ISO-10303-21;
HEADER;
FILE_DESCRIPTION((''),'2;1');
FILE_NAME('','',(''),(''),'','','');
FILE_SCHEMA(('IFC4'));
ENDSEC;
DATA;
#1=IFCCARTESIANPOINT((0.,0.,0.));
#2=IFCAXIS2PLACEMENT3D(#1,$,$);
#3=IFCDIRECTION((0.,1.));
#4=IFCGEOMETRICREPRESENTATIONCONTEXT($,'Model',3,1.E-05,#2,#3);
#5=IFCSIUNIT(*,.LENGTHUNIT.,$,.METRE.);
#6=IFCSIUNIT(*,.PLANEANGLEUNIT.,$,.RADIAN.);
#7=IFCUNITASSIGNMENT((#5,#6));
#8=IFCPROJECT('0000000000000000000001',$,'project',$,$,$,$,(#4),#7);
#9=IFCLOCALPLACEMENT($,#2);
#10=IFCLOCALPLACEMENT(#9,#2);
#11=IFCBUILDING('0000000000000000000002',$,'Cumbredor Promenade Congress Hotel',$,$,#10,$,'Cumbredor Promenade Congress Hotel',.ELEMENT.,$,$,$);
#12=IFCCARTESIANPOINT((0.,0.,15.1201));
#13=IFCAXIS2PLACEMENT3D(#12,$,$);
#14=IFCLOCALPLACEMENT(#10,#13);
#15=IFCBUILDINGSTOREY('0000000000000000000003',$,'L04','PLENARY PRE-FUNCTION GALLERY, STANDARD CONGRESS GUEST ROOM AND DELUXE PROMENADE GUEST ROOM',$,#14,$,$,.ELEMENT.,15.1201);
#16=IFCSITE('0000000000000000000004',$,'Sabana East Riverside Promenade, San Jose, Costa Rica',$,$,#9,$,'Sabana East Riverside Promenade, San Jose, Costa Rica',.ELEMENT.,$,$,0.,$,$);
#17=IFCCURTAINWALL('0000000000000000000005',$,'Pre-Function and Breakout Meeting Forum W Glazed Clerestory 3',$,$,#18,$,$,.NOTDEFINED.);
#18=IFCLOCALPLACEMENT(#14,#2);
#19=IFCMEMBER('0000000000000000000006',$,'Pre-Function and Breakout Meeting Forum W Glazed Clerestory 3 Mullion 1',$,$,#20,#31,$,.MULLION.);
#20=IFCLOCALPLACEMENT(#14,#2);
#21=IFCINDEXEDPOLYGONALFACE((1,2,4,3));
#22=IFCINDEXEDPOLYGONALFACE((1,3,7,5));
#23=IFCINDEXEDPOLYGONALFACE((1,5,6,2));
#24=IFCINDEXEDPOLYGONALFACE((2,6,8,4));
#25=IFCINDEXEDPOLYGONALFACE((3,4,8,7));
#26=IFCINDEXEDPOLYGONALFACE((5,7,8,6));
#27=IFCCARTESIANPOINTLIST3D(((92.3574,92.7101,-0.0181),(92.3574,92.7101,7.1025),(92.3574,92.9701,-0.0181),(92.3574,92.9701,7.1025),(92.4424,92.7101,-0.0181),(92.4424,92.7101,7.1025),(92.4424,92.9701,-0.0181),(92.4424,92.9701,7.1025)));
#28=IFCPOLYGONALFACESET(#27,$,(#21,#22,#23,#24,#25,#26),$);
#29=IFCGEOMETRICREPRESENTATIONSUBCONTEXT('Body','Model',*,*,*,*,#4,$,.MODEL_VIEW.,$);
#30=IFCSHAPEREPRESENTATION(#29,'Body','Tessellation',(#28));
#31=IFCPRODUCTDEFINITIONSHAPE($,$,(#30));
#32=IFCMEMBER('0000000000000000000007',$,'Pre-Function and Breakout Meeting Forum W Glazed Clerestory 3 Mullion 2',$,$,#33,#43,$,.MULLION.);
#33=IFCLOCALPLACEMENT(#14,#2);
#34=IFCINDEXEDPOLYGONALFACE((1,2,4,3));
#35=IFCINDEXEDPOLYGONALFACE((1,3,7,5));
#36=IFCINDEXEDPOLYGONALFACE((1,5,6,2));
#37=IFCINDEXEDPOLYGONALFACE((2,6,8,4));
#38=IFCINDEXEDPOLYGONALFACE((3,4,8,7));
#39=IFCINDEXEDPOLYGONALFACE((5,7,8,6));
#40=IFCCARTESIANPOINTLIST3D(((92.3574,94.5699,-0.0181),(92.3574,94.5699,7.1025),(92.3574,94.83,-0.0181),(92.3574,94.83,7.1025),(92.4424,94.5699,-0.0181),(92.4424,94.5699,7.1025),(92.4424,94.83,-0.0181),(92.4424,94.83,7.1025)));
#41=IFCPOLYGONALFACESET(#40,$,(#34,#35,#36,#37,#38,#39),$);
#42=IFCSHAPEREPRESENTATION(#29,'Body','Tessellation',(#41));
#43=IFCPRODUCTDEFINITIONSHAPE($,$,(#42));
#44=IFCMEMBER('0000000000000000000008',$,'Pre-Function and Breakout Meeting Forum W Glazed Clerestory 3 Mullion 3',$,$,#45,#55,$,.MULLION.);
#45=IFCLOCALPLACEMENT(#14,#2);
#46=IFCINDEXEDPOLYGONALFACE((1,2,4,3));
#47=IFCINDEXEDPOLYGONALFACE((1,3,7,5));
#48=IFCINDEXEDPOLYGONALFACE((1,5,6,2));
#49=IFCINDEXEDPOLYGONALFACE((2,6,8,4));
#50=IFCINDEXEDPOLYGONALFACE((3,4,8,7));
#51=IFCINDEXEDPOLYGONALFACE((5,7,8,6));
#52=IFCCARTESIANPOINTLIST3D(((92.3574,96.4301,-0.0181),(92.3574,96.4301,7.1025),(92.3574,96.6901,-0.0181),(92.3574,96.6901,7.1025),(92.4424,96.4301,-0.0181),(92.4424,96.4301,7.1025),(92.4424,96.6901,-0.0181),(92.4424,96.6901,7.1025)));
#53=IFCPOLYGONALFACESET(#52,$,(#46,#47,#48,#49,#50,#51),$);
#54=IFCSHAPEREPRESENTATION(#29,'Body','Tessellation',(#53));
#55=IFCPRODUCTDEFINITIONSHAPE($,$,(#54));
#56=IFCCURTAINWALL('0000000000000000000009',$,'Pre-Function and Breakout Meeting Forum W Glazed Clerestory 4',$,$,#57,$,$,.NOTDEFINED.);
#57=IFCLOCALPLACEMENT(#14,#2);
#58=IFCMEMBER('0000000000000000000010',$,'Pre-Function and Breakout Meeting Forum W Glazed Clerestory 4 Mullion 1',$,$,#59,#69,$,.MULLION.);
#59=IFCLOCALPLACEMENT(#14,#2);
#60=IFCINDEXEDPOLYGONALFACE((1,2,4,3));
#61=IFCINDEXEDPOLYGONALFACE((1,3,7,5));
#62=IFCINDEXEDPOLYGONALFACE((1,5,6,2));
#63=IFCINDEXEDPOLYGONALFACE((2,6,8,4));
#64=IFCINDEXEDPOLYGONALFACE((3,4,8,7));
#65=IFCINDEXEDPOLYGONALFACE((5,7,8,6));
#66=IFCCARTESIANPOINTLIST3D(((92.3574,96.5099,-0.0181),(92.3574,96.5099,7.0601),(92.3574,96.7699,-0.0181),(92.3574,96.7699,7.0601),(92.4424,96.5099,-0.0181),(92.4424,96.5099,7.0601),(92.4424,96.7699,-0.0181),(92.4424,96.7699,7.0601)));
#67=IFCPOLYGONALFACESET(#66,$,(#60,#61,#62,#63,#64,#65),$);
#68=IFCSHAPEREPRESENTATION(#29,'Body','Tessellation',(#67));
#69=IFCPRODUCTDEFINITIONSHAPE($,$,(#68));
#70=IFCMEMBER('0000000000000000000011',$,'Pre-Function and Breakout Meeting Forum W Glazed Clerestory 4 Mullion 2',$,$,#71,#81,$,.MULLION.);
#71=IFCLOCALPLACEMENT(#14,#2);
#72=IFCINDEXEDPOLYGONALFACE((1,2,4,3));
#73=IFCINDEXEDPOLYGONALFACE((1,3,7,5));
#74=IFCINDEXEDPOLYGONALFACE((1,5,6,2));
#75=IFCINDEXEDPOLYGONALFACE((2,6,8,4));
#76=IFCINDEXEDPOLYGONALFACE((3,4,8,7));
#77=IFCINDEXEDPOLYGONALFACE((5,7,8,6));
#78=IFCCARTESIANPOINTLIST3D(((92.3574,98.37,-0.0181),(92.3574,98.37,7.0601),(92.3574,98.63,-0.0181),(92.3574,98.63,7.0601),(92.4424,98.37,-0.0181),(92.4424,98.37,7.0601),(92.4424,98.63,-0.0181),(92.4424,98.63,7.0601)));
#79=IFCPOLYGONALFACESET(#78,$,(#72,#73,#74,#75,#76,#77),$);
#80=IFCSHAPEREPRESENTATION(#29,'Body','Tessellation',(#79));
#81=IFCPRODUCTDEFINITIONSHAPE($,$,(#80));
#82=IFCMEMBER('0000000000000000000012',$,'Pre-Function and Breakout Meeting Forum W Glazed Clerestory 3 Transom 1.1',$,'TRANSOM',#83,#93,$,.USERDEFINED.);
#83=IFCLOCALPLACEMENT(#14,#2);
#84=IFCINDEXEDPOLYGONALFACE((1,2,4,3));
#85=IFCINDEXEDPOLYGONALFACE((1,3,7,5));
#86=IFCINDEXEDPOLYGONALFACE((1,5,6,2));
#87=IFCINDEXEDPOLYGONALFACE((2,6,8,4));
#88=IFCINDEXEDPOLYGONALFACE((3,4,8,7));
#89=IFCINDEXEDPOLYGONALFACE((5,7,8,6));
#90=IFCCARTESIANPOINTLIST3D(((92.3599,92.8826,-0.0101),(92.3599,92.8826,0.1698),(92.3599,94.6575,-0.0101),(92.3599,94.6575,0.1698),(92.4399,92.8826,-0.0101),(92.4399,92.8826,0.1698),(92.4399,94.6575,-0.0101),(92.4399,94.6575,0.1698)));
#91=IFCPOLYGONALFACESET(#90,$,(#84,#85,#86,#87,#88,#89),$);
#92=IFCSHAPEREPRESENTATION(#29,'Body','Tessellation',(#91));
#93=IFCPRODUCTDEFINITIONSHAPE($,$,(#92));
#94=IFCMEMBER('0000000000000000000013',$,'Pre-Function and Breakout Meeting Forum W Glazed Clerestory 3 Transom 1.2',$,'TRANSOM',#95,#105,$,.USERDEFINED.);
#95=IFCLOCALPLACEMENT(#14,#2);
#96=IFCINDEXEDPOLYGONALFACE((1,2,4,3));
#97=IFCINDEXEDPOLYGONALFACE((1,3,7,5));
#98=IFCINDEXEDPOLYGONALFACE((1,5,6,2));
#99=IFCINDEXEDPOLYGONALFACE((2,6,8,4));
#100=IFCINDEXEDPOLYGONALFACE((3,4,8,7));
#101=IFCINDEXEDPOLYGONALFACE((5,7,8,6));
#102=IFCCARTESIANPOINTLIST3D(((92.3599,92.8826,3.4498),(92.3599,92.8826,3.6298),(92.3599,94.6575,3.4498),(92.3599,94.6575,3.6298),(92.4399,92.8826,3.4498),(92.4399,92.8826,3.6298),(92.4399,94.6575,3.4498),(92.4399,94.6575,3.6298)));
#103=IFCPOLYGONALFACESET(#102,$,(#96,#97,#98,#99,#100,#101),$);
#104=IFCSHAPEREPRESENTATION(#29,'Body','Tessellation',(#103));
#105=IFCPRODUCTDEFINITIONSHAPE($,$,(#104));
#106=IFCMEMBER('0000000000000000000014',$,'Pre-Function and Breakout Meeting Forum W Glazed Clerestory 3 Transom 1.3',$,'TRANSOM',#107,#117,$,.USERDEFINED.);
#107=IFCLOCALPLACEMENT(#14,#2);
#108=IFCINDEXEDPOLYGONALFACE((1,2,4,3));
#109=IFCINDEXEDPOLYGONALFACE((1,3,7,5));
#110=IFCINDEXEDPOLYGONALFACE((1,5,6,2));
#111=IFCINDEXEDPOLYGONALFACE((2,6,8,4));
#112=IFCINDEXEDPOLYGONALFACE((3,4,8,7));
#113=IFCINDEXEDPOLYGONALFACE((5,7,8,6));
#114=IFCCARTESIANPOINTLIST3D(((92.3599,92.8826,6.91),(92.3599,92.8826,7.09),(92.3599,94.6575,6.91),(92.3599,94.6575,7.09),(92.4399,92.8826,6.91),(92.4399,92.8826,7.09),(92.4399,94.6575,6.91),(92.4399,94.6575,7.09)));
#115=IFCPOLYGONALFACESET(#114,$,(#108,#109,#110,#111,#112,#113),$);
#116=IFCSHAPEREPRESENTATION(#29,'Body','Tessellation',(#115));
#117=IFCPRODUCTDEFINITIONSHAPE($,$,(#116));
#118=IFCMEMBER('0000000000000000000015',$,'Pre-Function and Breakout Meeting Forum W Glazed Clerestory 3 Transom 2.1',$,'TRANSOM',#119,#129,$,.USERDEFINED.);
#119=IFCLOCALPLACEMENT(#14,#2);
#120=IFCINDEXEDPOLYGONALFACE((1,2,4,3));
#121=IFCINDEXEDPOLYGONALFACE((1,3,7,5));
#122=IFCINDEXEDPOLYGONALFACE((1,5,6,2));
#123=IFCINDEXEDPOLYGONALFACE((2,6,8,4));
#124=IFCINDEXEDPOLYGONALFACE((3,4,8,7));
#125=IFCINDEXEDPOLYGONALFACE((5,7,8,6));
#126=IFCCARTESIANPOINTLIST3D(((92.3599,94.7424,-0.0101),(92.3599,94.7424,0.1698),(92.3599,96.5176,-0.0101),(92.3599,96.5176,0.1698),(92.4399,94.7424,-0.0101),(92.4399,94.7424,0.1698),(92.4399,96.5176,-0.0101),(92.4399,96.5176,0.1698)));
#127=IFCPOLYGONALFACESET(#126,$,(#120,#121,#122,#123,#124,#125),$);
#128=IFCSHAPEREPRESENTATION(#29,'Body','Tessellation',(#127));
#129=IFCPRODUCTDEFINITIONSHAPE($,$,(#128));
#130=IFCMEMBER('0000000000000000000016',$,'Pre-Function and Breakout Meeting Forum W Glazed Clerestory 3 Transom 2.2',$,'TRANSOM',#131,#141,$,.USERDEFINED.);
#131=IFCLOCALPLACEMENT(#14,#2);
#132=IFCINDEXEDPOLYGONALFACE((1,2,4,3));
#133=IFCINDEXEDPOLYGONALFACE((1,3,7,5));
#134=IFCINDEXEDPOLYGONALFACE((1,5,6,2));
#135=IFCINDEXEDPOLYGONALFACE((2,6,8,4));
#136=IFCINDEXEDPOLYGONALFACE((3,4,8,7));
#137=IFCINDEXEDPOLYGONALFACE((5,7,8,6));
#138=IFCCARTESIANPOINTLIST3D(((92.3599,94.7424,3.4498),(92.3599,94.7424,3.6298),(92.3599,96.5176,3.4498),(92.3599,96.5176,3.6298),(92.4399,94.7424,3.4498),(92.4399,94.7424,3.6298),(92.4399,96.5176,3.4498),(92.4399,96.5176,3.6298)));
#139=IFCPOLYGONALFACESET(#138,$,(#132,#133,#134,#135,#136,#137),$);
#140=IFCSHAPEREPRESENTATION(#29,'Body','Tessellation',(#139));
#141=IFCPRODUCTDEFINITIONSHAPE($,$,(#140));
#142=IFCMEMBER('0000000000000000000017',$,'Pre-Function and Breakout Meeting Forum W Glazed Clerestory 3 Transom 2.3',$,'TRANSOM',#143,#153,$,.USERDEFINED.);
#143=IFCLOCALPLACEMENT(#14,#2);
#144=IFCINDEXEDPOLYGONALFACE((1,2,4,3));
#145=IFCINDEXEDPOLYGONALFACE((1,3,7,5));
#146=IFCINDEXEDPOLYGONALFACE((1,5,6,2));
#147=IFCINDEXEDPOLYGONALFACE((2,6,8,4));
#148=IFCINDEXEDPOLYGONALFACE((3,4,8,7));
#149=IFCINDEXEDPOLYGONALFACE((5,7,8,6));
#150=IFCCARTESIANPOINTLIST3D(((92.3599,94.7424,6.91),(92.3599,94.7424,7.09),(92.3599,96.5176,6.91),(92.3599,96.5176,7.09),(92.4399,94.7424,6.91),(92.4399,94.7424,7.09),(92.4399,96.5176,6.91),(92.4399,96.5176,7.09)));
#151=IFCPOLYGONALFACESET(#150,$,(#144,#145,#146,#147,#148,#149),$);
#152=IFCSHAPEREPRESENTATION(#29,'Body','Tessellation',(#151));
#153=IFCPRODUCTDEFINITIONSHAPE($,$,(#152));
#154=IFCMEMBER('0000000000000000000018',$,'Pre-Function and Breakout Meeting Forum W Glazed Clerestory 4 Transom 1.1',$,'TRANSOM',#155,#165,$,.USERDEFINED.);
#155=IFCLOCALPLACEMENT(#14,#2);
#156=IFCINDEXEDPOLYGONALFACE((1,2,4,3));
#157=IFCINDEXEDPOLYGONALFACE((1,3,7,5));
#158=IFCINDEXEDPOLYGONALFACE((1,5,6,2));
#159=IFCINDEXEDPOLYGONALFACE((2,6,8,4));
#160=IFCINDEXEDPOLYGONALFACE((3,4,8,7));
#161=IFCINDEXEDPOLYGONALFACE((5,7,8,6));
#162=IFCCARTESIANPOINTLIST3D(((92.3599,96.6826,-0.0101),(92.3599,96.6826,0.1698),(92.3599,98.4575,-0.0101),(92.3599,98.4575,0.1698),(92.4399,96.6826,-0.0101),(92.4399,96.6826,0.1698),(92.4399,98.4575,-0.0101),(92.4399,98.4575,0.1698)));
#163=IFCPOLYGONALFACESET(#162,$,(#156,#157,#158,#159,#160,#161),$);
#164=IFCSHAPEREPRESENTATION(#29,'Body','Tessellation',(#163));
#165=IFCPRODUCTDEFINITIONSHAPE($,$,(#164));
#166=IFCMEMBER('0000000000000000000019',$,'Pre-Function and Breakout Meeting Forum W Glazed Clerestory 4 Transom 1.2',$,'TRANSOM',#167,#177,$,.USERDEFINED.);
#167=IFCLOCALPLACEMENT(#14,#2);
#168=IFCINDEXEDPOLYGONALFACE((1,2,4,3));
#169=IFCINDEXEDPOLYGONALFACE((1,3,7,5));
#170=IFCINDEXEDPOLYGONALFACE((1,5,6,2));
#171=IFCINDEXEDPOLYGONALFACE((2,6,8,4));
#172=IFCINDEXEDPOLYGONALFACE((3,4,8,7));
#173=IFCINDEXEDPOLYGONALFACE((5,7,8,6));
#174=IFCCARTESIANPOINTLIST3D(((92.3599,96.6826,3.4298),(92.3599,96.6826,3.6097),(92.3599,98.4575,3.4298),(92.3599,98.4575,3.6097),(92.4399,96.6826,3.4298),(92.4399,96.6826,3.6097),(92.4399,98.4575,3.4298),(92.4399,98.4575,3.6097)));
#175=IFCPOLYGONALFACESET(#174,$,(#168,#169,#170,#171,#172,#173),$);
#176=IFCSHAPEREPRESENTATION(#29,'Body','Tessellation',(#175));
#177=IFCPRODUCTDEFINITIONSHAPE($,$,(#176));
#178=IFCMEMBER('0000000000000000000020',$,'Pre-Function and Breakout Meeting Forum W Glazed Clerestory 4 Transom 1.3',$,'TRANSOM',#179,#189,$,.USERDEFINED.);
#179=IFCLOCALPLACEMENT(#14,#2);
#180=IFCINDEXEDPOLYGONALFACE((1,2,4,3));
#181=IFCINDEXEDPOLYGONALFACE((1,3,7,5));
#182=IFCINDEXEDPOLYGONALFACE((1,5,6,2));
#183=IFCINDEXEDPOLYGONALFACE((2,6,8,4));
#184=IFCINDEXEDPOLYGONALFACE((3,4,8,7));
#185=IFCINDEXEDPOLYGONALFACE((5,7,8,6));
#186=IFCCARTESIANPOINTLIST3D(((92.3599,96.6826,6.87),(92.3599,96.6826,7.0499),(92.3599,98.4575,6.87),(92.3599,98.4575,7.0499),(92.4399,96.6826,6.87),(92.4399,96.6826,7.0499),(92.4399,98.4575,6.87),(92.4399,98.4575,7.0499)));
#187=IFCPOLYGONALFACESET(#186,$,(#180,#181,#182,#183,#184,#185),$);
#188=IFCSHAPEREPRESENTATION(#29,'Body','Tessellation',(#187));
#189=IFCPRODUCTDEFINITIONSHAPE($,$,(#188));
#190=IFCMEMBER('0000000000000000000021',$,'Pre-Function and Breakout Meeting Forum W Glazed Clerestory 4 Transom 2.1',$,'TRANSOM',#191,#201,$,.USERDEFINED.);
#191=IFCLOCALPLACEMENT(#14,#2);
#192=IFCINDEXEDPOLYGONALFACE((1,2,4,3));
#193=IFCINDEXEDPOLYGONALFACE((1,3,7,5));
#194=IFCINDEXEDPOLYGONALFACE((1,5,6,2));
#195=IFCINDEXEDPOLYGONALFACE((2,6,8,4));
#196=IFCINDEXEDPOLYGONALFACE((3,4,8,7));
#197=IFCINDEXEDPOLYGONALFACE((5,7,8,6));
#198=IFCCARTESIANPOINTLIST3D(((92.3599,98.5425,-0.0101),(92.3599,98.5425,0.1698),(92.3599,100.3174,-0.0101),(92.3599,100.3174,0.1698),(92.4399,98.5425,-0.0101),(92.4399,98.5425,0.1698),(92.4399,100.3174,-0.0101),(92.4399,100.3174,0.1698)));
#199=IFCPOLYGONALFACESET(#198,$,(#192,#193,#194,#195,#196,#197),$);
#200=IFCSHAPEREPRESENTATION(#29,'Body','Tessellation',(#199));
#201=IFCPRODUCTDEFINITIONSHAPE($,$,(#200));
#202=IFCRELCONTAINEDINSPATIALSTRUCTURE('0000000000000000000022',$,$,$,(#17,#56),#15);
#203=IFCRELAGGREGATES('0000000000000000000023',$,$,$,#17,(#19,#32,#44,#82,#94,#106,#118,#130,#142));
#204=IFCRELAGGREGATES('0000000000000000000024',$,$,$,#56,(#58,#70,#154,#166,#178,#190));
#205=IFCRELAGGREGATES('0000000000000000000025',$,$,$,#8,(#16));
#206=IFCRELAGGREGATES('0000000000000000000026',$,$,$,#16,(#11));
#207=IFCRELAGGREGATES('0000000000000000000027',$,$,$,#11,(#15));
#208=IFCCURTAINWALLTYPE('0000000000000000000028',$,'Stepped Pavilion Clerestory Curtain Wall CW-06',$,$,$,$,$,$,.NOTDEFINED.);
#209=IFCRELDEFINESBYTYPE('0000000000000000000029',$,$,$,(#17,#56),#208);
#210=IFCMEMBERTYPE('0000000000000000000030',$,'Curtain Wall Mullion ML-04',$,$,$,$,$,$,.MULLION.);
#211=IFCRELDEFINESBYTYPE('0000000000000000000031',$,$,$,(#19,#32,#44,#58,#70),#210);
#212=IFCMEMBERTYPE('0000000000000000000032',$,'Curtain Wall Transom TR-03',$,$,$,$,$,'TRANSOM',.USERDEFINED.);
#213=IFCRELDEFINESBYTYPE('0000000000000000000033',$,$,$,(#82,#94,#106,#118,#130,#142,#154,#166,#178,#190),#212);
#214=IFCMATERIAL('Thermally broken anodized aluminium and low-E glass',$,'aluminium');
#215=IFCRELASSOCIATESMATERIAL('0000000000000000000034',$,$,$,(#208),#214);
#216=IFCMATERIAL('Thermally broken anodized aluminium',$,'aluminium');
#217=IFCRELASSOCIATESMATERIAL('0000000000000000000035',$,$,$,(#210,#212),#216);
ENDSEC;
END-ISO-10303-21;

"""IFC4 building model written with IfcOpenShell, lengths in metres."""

from ifc_helpers import new_model, si_unit, direction, frame, origin, origin_2d, place, context, subcontext, project, spatial, rectangle, extrude, material, material_profile, profile_set, type_object, element, aggregate, save


model = new_model("IFC4")

# Units and contexts
model_context = context("Model", 3, precision=1e-05, world=origin(), true_north=direction((0.0, 1.0)))
body_context = subcontext(model_context, "Body", "Model", "MODEL_VIEW")
ifc_project = project(units=[si_unit("LENGTHUNIT", "METRE"), si_unit("PLANEANGLEUNIT", "RADIAN")], contexts=[model_context])

# Site, building, storey
site_placement = place(None, origin())
site = spatial("IfcSite", under=ifc_project, at=site_placement, Name="Sabana East Riverside Promenade, San Jose, Costa Rica", LongName="Sabana East Riverside Promenade, San Jose, Costa Rica", CompositionType="ELEMENT", RefElevation=0.0)
building_placement = place(site_placement, origin())
building = spatial("IfcBuilding", under=site, at=building_placement, Name="Cumbredor Promenade Congress Hotel", LongName="Cumbredor Promenade Congress Hotel", CompositionType="ELEMENT")
storey_placement = place(building_placement, frame((0.0, 0.0, 15.1201)))
storey = spatial("IfcBuildingStorey", under=building, at=storey_placement, Name="L04", Description="PLENARY PRE-FUNCTION GALLERY, STANDARD CONGRESS GUEST ROOM AND DELUXE PROMENADE GUEST ROOM", CompositionType="ELEMENT", Elevation=15.1201)

# Curtain walls, members
ifc_material_1 = material(Name="Thermally broken anodized aluminium and low-E glass", Category="aluminium")
curtain_wall_type = type_object("IfcCurtainWallType", Name="Stepped Pavilion Clerestory Curtain Wall CW-06", PredefinedType="NOTDEFINED", material=ifc_material_1)
curtain_wall_1_placement = place(storey_placement, origin())
curtain_wall_1 = element("IfcCurtainWall", 1, at=curtain_wall_1_placement, inside=storey, type_object=curtain_wall_type, Name="Pre-Function and Breakout Meeting Forum W Glazed Clerestory 3", PredefinedType="NOTDEFINED")
ifc_material_2 = material(Name="Thermally broken anodized aluminium", Category="aluminium")
ifc_material_profile_1 = material_profile(ifc_material_2, rectangle(XDim=0.085, YDim=0.26, at=origin_2d()), Name="ALU MULLION CLERESTORY 85x260")
ifc_profile_set_1 = profile_set([ifc_material_profile_1], Name="Thermally broken anodized aluminium")
member_type_1 = type_object("IfcMemberType", Name="Curtain Wall Mullion ML-04", PredefinedType="MULLION", material=ifc_profile_set_1)
member_1_placement = place(storey_placement, frame((92.3999, 92.8401, -0.0181), z_axis=(0.0, 0.0, 1.0), x_axis=(1.0, 0.0, 0.0)))
member_1 = element("IfcMember", 2, at=member_1_placement, type_object=member_type_1, Name="Pre-Function and Breakout Meeting Forum W Glazed Clerestory 3 Mullion 1", PredefinedType="MULLION", context=body_context, shape_type="SweptSolid", body=[
    extrude(rectangle(XDim=0.085, YDim=0.26, at=origin_2d()), origin(), (0.0, 0.0, 1.0), 7.1206),
])
member_2_placement = place(storey_placement, frame((92.3999, 94.7, -0.0181), z_axis=(0.0, 0.0, 1.0), x_axis=(1.0, 0.0, 0.0)))
member_2 = element("IfcMember", 3, at=member_2_placement, type_object=member_type_1, Name="Pre-Function and Breakout Meeting Forum W Glazed Clerestory 3 Mullion 2", PredefinedType="MULLION", context=body_context, shape_type="SweptSolid", body=[
    extrude(rectangle(XDim=0.085, YDim=0.26, at=origin_2d()), origin(), (0.0, 0.0, 1.0), 7.1206),
])
member_3_placement = place(storey_placement, frame((92.3999, 96.5601, -0.0181), z_axis=(0.0, 0.0, 1.0), x_axis=(1.0, 0.0, 0.0)))
member_3 = element("IfcMember", 4, at=member_3_placement, type_object=member_type_1, Name="Pre-Function and Breakout Meeting Forum W Glazed Clerestory 3 Mullion 3", PredefinedType="MULLION", context=body_context, shape_type="SweptSolid", body=[
    extrude(rectangle(XDim=0.085, YDim=0.26, at=origin_2d()), origin(), (0.0, 0.0, 1.0), 7.1206),
])
curtain_wall_2_placement = place(storey_placement, origin())
curtain_wall_2 = element("IfcCurtainWall", 5, at=curtain_wall_2_placement, inside=storey, type_object=curtain_wall_type, Name="Pre-Function and Breakout Meeting Forum W Glazed Clerestory 4", PredefinedType="NOTDEFINED")
member_4_placement = place(storey_placement, frame((92.3999, 96.6399, -0.0181), z_axis=(0.0, 0.0, 1.0), x_axis=(1.0, 0.0, 0.0)))
member_4 = element("IfcMember", 6, at=member_4_placement, type_object=member_type_1, Name="Pre-Function and Breakout Meeting Forum W Glazed Clerestory 4 Mullion 1", PredefinedType="MULLION", context=body_context, shape_type="SweptSolid", body=[
    extrude(rectangle(XDim=0.085, YDim=0.26, at=origin_2d()), origin(), (0.0, 0.0, 1.0), 7.0781),
])
member_5_placement = place(storey_placement, frame((92.3999, 98.5, -0.0181), z_axis=(0.0, 0.0, 1.0), x_axis=(1.0, 0.0, 0.0)))
member_5 = element("IfcMember", 7, at=member_5_placement, type_object=member_type_1, Name="Pre-Function and Breakout Meeting Forum W Glazed Clerestory 4 Mullion 2", PredefinedType="MULLION", context=body_context, shape_type="SweptSolid", body=[
    extrude(rectangle(XDim=0.085, YDim=0.26, at=origin_2d()), origin(), (0.0, 0.0, 1.0), 7.0781),
])

# Members
ifc_material_profile_2 = material_profile(ifc_material_2, rectangle(XDim=0.0801, YDim=0.1799, at=origin_2d()), Name="ALU TRANSOM 80x180")
ifc_profile_set_2 = profile_set([ifc_material_profile_2], Name="Thermally broken anodized aluminium")
member_type_2 = type_object("IfcMemberType", Name="Curtain Wall Transom TR-03", ElementType="TRANSOM", PredefinedType="USERDEFINED", material=ifc_profile_set_2)
member_6_placement = place(storey_placement, frame((92.3999, 92.8826, 0.0798), z_axis=(0.0, 1.0, 0.0), x_axis=(-1.0, 0.0, 0.0)))
member_6 = element("IfcMember", 8, at=member_6_placement, type_object=member_type_2, Name="Pre-Function and Breakout Meeting Forum W Glazed Clerestory 3 Transom 1.1", ObjectType="TRANSOM", PredefinedType="USERDEFINED", context=body_context, shape_type="SweptSolid", body=[
    extrude(rectangle(XDim=0.0801, YDim=0.1799, at=origin_2d()), origin(), (0.0, 0.0, 1.0), 1.7749),
])
member_7_placement = place(storey_placement, frame((92.3999, 92.8826, 3.5398), z_axis=(0.0, 1.0, 0.0), x_axis=(-1.0, 0.0, 0.0)))
member_7 = element("IfcMember", 9, at=member_7_placement, type_object=member_type_2, Name="Pre-Function and Breakout Meeting Forum W Glazed Clerestory 3 Transom 1.2", ObjectType="TRANSOM", PredefinedType="USERDEFINED", context=body_context, shape_type="SweptSolid", body=[
    extrude(rectangle(XDim=0.0801, YDim=0.1799, at=origin_2d()), origin(), (0.0, 0.0, 1.0), 1.7749),
])
member_8_placement = place(storey_placement, frame((92.3999, 92.8826, 7.0), z_axis=(0.0, 1.0, 0.0), x_axis=(-1.0, 0.0, 0.0)))
member_8 = element("IfcMember", 10, at=member_8_placement, type_object=member_type_2, Name="Pre-Function and Breakout Meeting Forum W Glazed Clerestory 3 Transom 1.3", ObjectType="TRANSOM", PredefinedType="USERDEFINED", context=body_context, shape_type="SweptSolid", body=[
    extrude(rectangle(XDim=0.0801, YDim=0.1799, at=origin_2d()), origin(), (0.0, 0.0, 1.0), 1.7749),
])
member_9_placement = place(storey_placement, frame((92.3999, 94.7424, 0.0798), z_axis=(0.0, 1.0, 0.0), x_axis=(-1.0, 0.0, 0.0)))
member_9 = element("IfcMember", 11, at=member_9_placement, type_object=member_type_2, Name="Pre-Function and Breakout Meeting Forum W Glazed Clerestory 3 Transom 2.1", ObjectType="TRANSOM", PredefinedType="USERDEFINED", context=body_context, shape_type="SweptSolid", body=[
    extrude(rectangle(XDim=0.0801, YDim=0.1799, at=origin_2d()), origin(), (0.0, 0.0, 1.0), 1.7751),
])
member_10_placement = place(storey_placement, frame((92.3999, 94.7424, 3.5398), z_axis=(0.0, 1.0, 0.0), x_axis=(-1.0, 0.0, 0.0)))
member_10 = element("IfcMember", 12, at=member_10_placement, type_object=member_type_2, Name="Pre-Function and Breakout Meeting Forum W Glazed Clerestory 3 Transom 2.2", ObjectType="TRANSOM", PredefinedType="USERDEFINED", context=body_context, shape_type="SweptSolid", body=[
    extrude(rectangle(XDim=0.0801, YDim=0.1799, at=origin_2d()), origin(), (0.0, 0.0, 1.0), 1.7751),
])
member_11_placement = place(storey_placement, frame((92.3999, 94.7424, 7.0), z_axis=(0.0, 1.0, 0.0), x_axis=(-1.0, 0.0, 0.0)))
member_11 = element("IfcMember", 13, at=member_11_placement, type_object=member_type_2, Name="Pre-Function and Breakout Meeting Forum W Glazed Clerestory 3 Transom 2.3", ObjectType="TRANSOM", PredefinedType="USERDEFINED", context=body_context, shape_type="SweptSolid", body=[
    extrude(rectangle(XDim=0.0801, YDim=0.1799, at=origin_2d()), origin(), (0.0, 0.0, 1.0), 1.7751),
])
member_12_placement = place(storey_placement, frame((92.3999, 96.6826, 0.0798), z_axis=(0.0, 1.0, 0.0), x_axis=(-1.0, 0.0, 0.0)))
member_12 = element("IfcMember", 14, at=member_12_placement, type_object=member_type_2, Name="Pre-Function and Breakout Meeting Forum W Glazed Clerestory 4 Transom 1.1", ObjectType="TRANSOM", PredefinedType="USERDEFINED", context=body_context, shape_type="SweptSolid", body=[
    extrude(rectangle(XDim=0.0801, YDim=0.1799, at=origin_2d()), origin(), (0.0, 0.0, 1.0), 1.7749),
])
member_13_placement = place(storey_placement, frame((92.3999, 96.6826, 3.5198), z_axis=(0.0, 1.0, 0.0), x_axis=(-1.0, 0.0, 0.0)))
member_13 = element("IfcMember", 15, at=member_13_placement, type_object=member_type_2, Name="Pre-Function and Breakout Meeting Forum W Glazed Clerestory 4 Transom 1.2", ObjectType="TRANSOM", PredefinedType="USERDEFINED", context=body_context, shape_type="SweptSolid", body=[
    extrude(rectangle(XDim=0.0801, YDim=0.1799, at=origin_2d()), origin(), (0.0, 0.0, 1.0), 1.7749),
])
member_14_placement = place(storey_placement, frame((92.3999, 96.6826, 6.96), z_axis=(0.0, 1.0, 0.0), x_axis=(-1.0, 0.0, 0.0)))
member_14 = element("IfcMember", 16, at=member_14_placement, type_object=member_type_2, Name="Pre-Function and Breakout Meeting Forum W Glazed Clerestory 4 Transom 1.3", ObjectType="TRANSOM", PredefinedType="USERDEFINED", context=body_context, shape_type="SweptSolid", body=[
    extrude(rectangle(XDim=0.0801, YDim=0.1799, at=origin_2d()), origin(), (0.0, 0.0, 1.0), 1.7749),
])
member_15_placement = place(storey_placement, frame((92.3999, 98.5425, 0.0798), z_axis=(0.0, 1.0, 0.0), x_axis=(-1.0, 0.0, 0.0)))
member_15 = element("IfcMember", 17, at=member_15_placement, type_object=member_type_2, Name="Pre-Function and Breakout Meeting Forum W Glazed Clerestory 4 Transom 2.1", ObjectType="TRANSOM", PredefinedType="USERDEFINED", context=body_context, shape_type="SweptSolid", body=[
    extrude(rectangle(XDim=0.0801, YDim=0.1799, at=origin_2d()), origin(), (0.0, 0.0, 1.0), 1.7749),
])

aggregate(curtain_wall_1, [member_1, member_2, member_3, member_6, member_7, member_8, member_9, member_10, member_11])
aggregate(curtain_wall_2, [member_4, member_5, member_12, member_13, member_14, member_15])

save(model, "model.ifc")
